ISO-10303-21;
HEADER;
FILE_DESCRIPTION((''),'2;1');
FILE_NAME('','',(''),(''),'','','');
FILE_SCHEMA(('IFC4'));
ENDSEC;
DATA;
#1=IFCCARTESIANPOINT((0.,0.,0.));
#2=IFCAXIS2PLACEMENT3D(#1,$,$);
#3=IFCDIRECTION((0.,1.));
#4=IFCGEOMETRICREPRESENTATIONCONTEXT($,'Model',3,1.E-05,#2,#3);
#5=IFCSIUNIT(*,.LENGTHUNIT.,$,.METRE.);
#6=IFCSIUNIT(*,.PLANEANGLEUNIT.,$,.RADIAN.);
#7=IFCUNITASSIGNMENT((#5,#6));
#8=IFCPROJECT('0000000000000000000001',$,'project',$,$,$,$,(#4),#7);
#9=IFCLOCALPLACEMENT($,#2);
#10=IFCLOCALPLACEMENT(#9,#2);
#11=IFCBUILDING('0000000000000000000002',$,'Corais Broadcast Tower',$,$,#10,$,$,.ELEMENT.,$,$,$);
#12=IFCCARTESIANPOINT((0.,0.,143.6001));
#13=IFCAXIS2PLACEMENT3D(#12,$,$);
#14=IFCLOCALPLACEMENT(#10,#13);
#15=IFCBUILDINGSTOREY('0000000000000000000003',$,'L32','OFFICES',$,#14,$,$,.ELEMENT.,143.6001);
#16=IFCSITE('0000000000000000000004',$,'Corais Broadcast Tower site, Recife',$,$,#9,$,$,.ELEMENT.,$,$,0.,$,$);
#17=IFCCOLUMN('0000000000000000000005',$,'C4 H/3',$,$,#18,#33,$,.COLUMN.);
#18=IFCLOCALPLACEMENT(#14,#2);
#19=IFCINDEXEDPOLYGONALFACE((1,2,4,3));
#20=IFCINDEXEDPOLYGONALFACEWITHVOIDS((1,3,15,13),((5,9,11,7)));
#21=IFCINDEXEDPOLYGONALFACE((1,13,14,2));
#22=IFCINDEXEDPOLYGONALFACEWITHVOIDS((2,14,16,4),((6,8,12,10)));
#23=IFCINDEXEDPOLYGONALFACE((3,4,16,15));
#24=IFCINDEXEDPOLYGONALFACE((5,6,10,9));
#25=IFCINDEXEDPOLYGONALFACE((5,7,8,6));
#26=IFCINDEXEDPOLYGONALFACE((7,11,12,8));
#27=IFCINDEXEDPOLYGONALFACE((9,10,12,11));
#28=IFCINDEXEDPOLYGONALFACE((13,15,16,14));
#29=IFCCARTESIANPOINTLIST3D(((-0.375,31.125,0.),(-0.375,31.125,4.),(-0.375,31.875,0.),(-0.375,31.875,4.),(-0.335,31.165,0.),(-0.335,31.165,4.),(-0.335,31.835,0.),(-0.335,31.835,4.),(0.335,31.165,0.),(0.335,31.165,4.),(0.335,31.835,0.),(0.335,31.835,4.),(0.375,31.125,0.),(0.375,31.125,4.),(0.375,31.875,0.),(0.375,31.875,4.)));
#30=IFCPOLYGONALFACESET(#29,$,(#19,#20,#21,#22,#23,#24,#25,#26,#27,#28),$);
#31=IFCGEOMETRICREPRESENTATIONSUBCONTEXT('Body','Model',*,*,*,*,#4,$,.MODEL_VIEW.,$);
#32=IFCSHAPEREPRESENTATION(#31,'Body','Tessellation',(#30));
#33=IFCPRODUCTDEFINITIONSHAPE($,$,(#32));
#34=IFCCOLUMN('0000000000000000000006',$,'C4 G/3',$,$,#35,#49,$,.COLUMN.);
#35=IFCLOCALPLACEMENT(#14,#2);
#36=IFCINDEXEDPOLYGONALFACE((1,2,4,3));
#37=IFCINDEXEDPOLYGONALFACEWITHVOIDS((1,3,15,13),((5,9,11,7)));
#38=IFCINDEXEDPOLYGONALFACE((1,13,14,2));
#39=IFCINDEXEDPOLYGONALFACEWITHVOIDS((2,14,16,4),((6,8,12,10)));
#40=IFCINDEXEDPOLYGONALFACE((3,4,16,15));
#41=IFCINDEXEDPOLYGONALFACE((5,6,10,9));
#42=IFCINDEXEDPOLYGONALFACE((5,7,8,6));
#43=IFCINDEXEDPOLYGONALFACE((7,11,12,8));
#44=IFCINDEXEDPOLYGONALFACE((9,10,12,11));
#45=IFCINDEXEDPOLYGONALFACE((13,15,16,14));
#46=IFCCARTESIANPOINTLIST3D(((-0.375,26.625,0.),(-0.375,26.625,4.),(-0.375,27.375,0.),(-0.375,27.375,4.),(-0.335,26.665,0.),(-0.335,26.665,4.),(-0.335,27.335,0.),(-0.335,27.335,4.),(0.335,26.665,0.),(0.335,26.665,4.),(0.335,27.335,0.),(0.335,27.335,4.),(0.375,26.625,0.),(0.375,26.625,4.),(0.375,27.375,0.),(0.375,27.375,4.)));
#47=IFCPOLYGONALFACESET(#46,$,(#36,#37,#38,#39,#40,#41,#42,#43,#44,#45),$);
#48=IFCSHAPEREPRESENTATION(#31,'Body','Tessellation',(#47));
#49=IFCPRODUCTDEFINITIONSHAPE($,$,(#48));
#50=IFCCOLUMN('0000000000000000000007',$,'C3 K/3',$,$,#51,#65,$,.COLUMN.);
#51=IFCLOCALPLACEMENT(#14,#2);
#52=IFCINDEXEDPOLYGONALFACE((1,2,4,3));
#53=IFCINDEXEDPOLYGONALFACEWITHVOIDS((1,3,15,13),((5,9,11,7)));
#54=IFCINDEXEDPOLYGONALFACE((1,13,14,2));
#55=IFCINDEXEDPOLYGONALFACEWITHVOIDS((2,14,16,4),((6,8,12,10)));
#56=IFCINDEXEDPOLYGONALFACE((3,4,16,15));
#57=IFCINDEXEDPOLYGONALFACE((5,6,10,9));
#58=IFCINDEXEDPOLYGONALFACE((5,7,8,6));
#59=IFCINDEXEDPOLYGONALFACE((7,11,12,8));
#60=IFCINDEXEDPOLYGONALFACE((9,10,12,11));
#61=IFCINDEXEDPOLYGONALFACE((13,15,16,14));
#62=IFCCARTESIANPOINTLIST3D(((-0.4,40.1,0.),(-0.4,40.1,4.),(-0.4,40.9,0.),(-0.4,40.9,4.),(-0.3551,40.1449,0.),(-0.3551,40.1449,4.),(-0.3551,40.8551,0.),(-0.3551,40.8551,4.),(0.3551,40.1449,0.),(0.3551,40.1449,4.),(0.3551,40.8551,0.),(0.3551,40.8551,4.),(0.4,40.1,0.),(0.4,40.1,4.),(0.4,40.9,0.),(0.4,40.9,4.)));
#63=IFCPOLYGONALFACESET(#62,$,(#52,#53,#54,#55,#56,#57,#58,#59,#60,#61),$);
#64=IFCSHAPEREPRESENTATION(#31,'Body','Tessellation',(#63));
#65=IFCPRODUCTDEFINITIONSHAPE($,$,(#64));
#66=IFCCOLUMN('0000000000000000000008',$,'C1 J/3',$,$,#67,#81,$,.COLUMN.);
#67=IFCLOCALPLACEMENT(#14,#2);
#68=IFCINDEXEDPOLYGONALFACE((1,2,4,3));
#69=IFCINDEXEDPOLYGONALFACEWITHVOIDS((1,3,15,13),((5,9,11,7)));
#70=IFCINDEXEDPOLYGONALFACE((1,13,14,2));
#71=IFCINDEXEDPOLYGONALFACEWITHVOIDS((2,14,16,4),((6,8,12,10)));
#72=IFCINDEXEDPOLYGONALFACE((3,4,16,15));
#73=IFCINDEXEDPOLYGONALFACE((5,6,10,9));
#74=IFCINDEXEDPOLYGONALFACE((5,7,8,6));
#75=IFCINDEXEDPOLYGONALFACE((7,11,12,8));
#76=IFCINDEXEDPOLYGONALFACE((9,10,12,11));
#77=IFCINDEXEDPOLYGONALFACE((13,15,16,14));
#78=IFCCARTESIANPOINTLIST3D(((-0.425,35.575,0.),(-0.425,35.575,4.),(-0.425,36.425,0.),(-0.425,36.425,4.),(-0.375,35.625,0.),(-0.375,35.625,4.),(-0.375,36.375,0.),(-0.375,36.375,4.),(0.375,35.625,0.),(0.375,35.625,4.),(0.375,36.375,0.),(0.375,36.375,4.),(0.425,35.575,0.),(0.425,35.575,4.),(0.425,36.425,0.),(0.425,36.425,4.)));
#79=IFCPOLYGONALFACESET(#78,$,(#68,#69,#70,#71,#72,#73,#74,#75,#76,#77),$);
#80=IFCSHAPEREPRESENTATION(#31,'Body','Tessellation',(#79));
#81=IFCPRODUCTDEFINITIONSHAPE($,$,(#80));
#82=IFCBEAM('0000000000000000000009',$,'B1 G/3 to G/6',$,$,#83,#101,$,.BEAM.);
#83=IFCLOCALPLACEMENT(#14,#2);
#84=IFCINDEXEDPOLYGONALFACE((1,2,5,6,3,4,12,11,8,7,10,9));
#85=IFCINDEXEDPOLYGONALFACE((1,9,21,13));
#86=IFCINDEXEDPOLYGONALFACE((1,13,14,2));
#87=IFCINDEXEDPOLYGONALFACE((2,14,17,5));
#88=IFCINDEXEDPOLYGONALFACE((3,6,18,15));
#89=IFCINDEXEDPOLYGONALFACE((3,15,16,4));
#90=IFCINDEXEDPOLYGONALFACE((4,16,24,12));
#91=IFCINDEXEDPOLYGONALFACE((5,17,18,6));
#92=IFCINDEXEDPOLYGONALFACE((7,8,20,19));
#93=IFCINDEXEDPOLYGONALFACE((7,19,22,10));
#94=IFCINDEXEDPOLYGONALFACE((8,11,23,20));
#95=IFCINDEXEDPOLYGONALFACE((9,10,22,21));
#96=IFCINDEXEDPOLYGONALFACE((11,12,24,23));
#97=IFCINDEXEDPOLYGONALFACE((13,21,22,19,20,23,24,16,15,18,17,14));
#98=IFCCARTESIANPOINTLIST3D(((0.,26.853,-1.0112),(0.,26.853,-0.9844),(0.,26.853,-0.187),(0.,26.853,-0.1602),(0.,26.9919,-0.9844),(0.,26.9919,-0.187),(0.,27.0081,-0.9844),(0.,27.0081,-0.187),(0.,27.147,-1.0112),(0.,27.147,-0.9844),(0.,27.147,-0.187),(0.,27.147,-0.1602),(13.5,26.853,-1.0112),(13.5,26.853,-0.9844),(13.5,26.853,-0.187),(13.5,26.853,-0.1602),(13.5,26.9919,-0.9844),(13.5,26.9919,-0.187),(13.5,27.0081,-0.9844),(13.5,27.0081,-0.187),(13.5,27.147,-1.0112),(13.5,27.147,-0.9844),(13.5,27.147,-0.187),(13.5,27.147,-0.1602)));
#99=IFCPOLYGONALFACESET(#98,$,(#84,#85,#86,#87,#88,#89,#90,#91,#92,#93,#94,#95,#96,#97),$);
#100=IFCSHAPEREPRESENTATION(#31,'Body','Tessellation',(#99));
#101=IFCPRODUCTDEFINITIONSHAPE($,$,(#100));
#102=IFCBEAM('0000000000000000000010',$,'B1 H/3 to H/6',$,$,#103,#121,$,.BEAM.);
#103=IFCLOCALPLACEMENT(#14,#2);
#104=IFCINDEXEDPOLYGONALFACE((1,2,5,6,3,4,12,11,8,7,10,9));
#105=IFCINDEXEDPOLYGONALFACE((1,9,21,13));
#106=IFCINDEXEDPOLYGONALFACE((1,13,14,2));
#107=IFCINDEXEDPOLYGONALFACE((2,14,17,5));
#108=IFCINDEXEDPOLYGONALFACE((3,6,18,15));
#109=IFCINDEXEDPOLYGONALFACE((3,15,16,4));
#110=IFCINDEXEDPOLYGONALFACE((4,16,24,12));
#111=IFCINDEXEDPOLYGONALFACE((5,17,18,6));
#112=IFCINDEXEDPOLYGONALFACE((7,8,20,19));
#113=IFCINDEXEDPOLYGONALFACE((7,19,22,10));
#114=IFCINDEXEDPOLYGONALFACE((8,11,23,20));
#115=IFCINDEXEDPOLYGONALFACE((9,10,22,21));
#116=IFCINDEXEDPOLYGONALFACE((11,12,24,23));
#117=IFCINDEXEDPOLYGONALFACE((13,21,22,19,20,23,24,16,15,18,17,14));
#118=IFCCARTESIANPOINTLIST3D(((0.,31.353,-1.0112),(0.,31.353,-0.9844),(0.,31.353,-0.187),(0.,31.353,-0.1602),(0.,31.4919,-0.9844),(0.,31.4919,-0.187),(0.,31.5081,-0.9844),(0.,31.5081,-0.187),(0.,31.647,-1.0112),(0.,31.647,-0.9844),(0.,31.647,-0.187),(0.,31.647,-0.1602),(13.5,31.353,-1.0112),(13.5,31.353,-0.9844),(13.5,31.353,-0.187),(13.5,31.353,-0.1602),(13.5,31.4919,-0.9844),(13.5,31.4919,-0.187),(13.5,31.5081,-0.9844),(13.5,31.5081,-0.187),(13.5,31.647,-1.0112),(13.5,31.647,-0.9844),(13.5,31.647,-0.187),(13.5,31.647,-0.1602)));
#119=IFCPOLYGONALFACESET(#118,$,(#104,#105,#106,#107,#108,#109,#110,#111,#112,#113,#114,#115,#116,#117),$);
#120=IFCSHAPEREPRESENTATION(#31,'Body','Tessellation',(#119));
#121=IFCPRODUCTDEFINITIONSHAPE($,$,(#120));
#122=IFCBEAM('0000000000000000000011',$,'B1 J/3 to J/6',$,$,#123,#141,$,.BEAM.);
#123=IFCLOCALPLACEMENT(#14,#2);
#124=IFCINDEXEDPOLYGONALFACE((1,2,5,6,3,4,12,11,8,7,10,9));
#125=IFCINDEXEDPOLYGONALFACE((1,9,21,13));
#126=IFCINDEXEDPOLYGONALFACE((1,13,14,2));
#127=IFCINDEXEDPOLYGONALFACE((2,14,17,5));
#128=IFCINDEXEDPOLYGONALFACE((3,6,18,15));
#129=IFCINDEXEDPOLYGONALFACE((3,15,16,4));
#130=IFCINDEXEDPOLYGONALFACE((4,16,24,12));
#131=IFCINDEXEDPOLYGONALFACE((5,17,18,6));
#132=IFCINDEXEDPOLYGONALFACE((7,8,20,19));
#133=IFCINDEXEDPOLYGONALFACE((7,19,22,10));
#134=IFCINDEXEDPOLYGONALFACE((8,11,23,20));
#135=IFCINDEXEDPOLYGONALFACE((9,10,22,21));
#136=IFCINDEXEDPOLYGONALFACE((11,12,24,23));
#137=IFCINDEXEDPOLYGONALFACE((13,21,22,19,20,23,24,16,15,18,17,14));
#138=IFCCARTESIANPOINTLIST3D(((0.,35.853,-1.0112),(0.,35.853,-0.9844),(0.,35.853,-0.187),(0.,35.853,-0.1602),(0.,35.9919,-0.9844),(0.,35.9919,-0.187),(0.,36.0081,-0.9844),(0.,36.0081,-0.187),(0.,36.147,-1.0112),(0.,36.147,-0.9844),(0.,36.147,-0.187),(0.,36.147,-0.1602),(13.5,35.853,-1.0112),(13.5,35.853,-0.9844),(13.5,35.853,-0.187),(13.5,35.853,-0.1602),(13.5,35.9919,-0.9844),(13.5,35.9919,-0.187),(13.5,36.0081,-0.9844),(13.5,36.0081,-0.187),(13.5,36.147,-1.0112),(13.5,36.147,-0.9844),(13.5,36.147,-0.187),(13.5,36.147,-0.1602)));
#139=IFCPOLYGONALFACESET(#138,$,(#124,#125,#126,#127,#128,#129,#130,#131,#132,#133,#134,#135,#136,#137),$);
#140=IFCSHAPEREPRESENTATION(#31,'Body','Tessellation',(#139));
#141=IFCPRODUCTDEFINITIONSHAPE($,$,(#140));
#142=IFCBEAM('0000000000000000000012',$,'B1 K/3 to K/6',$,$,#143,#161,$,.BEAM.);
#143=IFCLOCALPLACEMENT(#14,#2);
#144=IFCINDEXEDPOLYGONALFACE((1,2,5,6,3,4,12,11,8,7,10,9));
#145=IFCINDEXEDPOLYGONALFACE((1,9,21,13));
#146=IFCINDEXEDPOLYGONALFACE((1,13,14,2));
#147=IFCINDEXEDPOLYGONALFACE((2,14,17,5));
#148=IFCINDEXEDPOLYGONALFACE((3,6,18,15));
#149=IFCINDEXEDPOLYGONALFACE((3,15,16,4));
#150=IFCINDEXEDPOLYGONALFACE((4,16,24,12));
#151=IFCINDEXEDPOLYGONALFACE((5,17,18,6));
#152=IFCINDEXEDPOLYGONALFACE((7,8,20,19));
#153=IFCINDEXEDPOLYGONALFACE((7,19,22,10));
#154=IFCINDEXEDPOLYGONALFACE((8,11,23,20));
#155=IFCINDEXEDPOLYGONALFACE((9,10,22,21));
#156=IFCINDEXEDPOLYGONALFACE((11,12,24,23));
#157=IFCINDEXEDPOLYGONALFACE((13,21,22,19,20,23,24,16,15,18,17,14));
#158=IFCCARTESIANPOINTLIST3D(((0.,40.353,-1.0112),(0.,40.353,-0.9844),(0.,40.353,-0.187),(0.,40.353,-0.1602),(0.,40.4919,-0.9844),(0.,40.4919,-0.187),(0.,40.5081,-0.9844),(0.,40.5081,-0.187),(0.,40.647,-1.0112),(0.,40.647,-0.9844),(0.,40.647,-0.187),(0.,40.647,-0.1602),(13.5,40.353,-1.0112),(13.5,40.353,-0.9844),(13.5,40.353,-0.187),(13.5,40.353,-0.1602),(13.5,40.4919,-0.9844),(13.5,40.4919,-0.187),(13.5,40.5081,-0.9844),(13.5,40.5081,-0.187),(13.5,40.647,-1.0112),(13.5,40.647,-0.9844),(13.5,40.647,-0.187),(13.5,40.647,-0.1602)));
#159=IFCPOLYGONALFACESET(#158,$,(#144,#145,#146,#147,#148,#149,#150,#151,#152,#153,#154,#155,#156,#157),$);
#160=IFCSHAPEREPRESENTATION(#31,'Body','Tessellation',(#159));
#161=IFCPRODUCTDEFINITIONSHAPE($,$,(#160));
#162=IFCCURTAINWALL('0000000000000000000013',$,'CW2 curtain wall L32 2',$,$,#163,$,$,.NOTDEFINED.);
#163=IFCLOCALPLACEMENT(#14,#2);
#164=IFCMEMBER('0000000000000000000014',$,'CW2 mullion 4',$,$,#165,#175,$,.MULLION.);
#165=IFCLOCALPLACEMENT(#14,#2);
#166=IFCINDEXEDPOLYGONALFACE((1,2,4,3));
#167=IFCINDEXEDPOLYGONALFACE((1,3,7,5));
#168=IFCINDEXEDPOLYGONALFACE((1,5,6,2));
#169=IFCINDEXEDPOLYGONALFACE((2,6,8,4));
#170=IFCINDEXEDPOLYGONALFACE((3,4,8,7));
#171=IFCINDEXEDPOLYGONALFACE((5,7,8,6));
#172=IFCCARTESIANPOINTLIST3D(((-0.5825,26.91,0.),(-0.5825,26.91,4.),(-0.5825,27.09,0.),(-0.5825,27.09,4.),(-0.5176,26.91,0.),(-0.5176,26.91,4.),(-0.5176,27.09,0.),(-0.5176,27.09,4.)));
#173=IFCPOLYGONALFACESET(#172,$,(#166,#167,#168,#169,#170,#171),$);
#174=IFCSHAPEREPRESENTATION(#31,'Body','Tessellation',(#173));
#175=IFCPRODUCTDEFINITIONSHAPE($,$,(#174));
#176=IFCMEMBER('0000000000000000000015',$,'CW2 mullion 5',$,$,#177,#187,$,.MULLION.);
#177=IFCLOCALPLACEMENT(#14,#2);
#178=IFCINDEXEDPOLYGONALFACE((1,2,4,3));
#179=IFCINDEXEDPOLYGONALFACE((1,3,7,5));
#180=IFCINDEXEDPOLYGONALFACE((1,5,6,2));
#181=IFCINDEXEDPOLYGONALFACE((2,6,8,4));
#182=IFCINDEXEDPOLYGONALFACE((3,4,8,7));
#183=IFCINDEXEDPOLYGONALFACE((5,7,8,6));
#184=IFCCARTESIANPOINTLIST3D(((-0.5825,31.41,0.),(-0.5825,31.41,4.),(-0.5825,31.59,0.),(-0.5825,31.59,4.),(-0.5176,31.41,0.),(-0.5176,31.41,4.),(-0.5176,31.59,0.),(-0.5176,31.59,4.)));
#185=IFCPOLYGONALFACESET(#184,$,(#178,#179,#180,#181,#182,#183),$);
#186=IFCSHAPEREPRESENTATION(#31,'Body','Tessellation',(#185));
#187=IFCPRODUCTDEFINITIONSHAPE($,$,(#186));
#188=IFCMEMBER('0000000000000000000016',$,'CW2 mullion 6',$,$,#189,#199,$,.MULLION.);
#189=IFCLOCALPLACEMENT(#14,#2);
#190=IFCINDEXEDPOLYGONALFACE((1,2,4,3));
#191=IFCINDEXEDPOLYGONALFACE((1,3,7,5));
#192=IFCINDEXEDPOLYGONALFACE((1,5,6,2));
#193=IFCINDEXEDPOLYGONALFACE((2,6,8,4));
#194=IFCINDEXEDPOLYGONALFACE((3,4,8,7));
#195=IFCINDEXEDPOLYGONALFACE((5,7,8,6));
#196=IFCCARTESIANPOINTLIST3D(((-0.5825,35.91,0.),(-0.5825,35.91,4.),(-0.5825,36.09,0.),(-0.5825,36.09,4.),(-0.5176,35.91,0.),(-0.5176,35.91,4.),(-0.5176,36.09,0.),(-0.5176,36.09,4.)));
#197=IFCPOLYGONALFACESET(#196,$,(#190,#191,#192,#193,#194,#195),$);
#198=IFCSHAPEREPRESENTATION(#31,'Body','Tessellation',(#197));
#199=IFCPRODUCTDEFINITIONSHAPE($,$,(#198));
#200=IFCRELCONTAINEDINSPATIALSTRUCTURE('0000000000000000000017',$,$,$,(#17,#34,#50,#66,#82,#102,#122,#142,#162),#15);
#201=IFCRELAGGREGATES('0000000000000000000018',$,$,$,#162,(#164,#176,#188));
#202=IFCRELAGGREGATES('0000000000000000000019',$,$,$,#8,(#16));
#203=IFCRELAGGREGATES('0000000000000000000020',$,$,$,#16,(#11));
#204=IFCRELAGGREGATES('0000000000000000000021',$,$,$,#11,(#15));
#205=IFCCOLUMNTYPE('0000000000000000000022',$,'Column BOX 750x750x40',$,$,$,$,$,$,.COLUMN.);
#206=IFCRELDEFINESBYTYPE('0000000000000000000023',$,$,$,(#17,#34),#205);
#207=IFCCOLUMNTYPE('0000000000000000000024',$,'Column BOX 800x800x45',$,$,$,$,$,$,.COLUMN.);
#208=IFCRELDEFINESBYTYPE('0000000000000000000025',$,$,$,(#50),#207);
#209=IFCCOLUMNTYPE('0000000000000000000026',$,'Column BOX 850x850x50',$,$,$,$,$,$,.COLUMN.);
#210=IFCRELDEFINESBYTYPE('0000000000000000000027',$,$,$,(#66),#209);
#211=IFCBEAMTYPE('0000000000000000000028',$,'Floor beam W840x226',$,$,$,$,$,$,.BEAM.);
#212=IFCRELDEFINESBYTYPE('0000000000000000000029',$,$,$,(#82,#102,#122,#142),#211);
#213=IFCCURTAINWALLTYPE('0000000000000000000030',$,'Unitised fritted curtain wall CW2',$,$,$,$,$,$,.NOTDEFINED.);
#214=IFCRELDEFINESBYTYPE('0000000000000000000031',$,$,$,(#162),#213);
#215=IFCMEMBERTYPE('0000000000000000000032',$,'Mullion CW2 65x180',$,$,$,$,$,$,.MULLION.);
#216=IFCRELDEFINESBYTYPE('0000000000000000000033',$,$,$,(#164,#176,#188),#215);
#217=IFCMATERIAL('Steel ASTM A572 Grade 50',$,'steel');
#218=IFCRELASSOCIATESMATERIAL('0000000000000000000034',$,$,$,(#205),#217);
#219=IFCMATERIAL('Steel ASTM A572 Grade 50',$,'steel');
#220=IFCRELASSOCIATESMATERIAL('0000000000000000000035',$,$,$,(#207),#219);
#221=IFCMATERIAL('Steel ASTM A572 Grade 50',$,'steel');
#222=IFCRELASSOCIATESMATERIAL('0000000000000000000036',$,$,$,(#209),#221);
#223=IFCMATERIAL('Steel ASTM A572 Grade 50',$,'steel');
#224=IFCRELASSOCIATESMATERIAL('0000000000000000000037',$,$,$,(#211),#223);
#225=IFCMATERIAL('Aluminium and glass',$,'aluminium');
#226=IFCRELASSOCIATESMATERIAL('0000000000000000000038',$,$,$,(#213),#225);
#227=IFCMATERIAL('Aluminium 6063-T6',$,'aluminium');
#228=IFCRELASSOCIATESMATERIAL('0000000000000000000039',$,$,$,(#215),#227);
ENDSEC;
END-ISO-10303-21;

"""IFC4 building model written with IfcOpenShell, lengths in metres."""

from ifc_helpers import new_model, si_unit, direction, frame, origin, origin_2d, place, context, subcontext, project, spatial, rectangle, hollow_rectangle, i_section, extrude, material, material_profile, profile_set, type_object, element, aggregate, save


model = new_model("IFC4")

# Units and contexts
model_context = context("Model", 3, precision=1e-05, world=origin(), true_north=direction((0.0, 1.0)))
body_context = subcontext(model_context, "Body", "Model", "MODEL_VIEW")
ifc_project = project(units=[si_unit("LENGTHUNIT", "METRE"), si_unit("PLANEANGLEUNIT", "RADIAN")], contexts=[model_context])

# Site, building, storey
site_placement = place(None, origin())
site = spatial("IfcSite", under=ifc_project, at=site_placement, Name="Corais Broadcast Tower site, Recife", CompositionType="ELEMENT", RefElevation=0.0)
building_placement = place(site_placement, origin())
building = spatial("IfcBuilding", under=site, at=building_placement, Name="Corais Broadcast Tower", CompositionType="ELEMENT")
storey_placement = place(building_placement, frame((0.0, 0.0, 143.6001)))
storey = spatial("IfcBuildingStorey", under=building, at=storey_placement, Name="L32", Description="OFFICES", CompositionType="ELEMENT", Elevation=143.6001)

# Columns
ifc_material_1 = material(Name="Steel ASTM A572 Grade 50", Category="steel")
ifc_material_profile_1 = material_profile(ifc_material_1, hollow_rectangle(XDim=0.75, YDim=0.75, WallThickness=0.04, at=origin_2d()), Name="BOX 750x750x40")
ifc_profile_set_1 = profile_set([ifc_material_profile_1], Name="Steel ASTM A572 Grade 50")
column_type_1 = type_object("IfcColumnType", Name="Column BOX 750x750x40", PredefinedType="COLUMN", material=ifc_profile_set_1)
for number, where, z_axis, x_axis, name in (
    (1, (0.0, 31.5, 0.0), (0.0, 0.0, 1.0), (1.0, 0.0, 0.0), "C4 H/3"),
    (2, (0.0, 27.0, 0.0), (0.0, 0.0, 1.0), (1.0, 0.0, 0.0), "C4 G/3"),
):
    element("IfcColumn", number, at=place(storey_placement, frame(where, z_axis=z_axis, x_axis=x_axis)), inside=storey, type_object=column_type_1, Name=name, PredefinedType="COLUMN", context=body_context, shape_type="SweptSolid", body=[
        extrude(hollow_rectangle(XDim=0.75, YDim=0.75, WallThickness=0.04, at=origin_2d()), origin(), (0.0, 0.0, 1.0), 4.0),
    ])
ifc_material_2 = material(Name="Steel ASTM A572 Grade 50", Category="steel")
ifc_material_profile_2 = material_profile(ifc_material_2, hollow_rectangle(XDim=0.8, YDim=0.8, WallThickness=0.0449, at=origin_2d()), Name="BOX 800x800x45")
ifc_profile_set_2 = profile_set([ifc_material_profile_2], Name="Steel ASTM A572 Grade 50")
column_type_2 = type_object("IfcColumnType", Name="Column BOX 800x800x45", PredefinedType="COLUMN", material=ifc_profile_set_2)
column_1_placement = place(storey_placement, frame((0.0, 40.5, 0.0), z_axis=(0.0, 0.0, 1.0), x_axis=(1.0, 0.0, 0.0)))
element("IfcColumn", 3, at=column_1_placement, inside=storey, type_object=column_type_2, Name="C3 K/3", PredefinedType="COLUMN", context=body_context, shape_type="SweptSolid", body=[
    extrude(hollow_rectangle(XDim=0.8, YDim=0.8, WallThickness=0.0449, at=origin_2d()), origin(), (0.0, 0.0, 1.0), 4.0),
])
ifc_material_3 = material(Name="Steel ASTM A572 Grade 50", Category="steel")
ifc_material_profile_3 = material_profile(ifc_material_3, hollow_rectangle(XDim=0.8501, YDim=0.8501, WallThickness=0.05, at=origin_2d()), Name="BOX 850x850x50")
ifc_profile_set_3 = profile_set([ifc_material_profile_3], Name="Steel ASTM A572 Grade 50")
column_type_3 = type_object("IfcColumnType", Name="Column BOX 850x850x50", PredefinedType="COLUMN", material=ifc_profile_set_3)
column_2_placement = place(storey_placement, frame((0.0, 36.0, 0.0), z_axis=(0.0, 0.0, 1.0), x_axis=(1.0, 0.0, 0.0)))
element("IfcColumn", 4, at=column_2_placement, inside=storey, type_object=column_type_3, Name="C1 J/3", PredefinedType="COLUMN", context=body_context, shape_type="SweptSolid", body=[
    extrude(hollow_rectangle(XDim=0.8501, YDim=0.8501, WallThickness=0.05, at=origin_2d()), origin(), (0.0, 0.0, 1.0), 4.0),
])

# Beams
ifc_material_4 = material(Name="Steel ASTM A572 Grade 50", Category="steel")
ifc_material_profile_4 = material_profile(ifc_material_4, i_section(OverallWidth=0.2939, OverallDepth=0.8511, WebThickness=0.0161, FlangeThickness=0.0269, at=origin_2d()), Name="W840x226")
ifc_profile_set_4 = profile_set([ifc_material_profile_4], Name="Steel ASTM A572 Grade 50")
beam_type_1 = type_object("IfcBeamType", Name="Floor beam W840x226", PredefinedType="BEAM", material=ifc_profile_set_4)
for number, where, z_axis, x_axis, name in (
    (5, (0.0, 27.0, -0.5857), (1.0, 0.0, 0.0), (0.0, 1.0, 0.0), "B1 G/3 to G/6"),
    (6, (0.0, 31.5, -0.5857), (1.0, 0.0, 0.0), (0.0, 1.0, 0.0), "B1 H/3 to H/6"),
    (7, (0.0, 36.0, -0.5857), (1.0, 0.0, 0.0), (0.0, 1.0, 0.0), "B1 J/3 to J/6"),
    (8, (0.0, 40.5, -0.5857), (1.0, 0.0, 0.0), (0.0, 1.0, 0.0), "B1 K/3 to K/6"),
):
    element("IfcBeam", number, at=place(storey_placement, frame(where, z_axis=z_axis, x_axis=x_axis)), inside=storey, type_object=beam_type_1, Name=name, PredefinedType="BEAM", context=body_context, shape_type="SweptSolid", body=[
        extrude(i_section(OverallWidth=0.2939, OverallDepth=0.8511, WebThickness=0.0161, FlangeThickness=0.0269, at=origin_2d()), origin(), (0.0, 0.0, 1.0), 13.5),
    ])

# Curtain wall, members
ifc_material_5 = material(Name="Aluminium and glass", Category="aluminium")
curtain_wall_type = type_object("IfcCurtainWallType", Name="Unitised fritted curtain wall CW2", PredefinedType="NOTDEFINED", material=ifc_material_5)
curtain_wall_placement = place(storey_placement, origin())
curtain_wall = element("IfcCurtainWall", 9, at=curtain_wall_placement, inside=storey, type_object=curtain_wall_type, Name="CW2 curtain wall L32 2", PredefinedType="NOTDEFINED")
ifc_material_6 = material(Name="Aluminium 6063-T6", Category="aluminium")
ifc_material_profile_5 = material_profile(ifc_material_6, rectangle(XDim=0.0649, YDim=0.1799, at=origin_2d()), Name="Mullion CW2 65x180")
ifc_profile_set_5 = profile_set([ifc_material_profile_5], Name="Aluminium 6063-T6")
member_type_1 = type_object("IfcMemberType", Name="Mullion CW2 65x180", PredefinedType="MULLION", material=ifc_profile_set_5)
member_1_placement = place(storey_placement, frame((-0.55, 27.0, 0.0), z_axis=(0.0, 0.0, 1.0), x_axis=(-1.0, 0.0, 0.0)))
member_1 = element("IfcMember", 10, at=member_1_placement, type_object=member_type_1, Name="CW2 mullion 4", PredefinedType="MULLION", context=body_context, shape_type="SweptSolid", body=[
    extrude(rectangle(XDim=0.0649, YDim=0.1799, at=origin_2d()), origin(), (0.0, 0.0, 1.0), 4.0),
])
member_2_placement = place(storey_placement, frame((-0.55, 31.5, 0.0), z_axis=(0.0, 0.0, 1.0), x_axis=(-1.0, 0.0, 0.0)))
member_2 = element("IfcMember", 11, at=member_2_placement, type_object=member_type_1, Name="CW2 mullion 5", PredefinedType="MULLION", context=body_context, shape_type="SweptSolid", body=[
    extrude(rectangle(XDim=0.0649, YDim=0.1799, at=origin_2d()), origin(), (0.0, 0.0, 1.0), 4.0),
])
member_3_placement = place(storey_placement, frame((-0.55, 36.0, 0.0), z_axis=(0.0, 0.0, 1.0), x_axis=(-1.0, 0.0, 0.0)))
member_3 = element("IfcMember", 12, at=member_3_placement, type_object=member_type_1, Name="CW2 mullion 6", PredefinedType="MULLION", context=body_context, shape_type="SweptSolid", body=[
    extrude(rectangle(XDim=0.0649, YDim=0.1799, at=origin_2d()), origin(), (0.0, 0.0, 1.0), 4.0),
])

aggregate(curtain_wall, [member_1, member_2, member_3])

save(model, "model.ifc")
